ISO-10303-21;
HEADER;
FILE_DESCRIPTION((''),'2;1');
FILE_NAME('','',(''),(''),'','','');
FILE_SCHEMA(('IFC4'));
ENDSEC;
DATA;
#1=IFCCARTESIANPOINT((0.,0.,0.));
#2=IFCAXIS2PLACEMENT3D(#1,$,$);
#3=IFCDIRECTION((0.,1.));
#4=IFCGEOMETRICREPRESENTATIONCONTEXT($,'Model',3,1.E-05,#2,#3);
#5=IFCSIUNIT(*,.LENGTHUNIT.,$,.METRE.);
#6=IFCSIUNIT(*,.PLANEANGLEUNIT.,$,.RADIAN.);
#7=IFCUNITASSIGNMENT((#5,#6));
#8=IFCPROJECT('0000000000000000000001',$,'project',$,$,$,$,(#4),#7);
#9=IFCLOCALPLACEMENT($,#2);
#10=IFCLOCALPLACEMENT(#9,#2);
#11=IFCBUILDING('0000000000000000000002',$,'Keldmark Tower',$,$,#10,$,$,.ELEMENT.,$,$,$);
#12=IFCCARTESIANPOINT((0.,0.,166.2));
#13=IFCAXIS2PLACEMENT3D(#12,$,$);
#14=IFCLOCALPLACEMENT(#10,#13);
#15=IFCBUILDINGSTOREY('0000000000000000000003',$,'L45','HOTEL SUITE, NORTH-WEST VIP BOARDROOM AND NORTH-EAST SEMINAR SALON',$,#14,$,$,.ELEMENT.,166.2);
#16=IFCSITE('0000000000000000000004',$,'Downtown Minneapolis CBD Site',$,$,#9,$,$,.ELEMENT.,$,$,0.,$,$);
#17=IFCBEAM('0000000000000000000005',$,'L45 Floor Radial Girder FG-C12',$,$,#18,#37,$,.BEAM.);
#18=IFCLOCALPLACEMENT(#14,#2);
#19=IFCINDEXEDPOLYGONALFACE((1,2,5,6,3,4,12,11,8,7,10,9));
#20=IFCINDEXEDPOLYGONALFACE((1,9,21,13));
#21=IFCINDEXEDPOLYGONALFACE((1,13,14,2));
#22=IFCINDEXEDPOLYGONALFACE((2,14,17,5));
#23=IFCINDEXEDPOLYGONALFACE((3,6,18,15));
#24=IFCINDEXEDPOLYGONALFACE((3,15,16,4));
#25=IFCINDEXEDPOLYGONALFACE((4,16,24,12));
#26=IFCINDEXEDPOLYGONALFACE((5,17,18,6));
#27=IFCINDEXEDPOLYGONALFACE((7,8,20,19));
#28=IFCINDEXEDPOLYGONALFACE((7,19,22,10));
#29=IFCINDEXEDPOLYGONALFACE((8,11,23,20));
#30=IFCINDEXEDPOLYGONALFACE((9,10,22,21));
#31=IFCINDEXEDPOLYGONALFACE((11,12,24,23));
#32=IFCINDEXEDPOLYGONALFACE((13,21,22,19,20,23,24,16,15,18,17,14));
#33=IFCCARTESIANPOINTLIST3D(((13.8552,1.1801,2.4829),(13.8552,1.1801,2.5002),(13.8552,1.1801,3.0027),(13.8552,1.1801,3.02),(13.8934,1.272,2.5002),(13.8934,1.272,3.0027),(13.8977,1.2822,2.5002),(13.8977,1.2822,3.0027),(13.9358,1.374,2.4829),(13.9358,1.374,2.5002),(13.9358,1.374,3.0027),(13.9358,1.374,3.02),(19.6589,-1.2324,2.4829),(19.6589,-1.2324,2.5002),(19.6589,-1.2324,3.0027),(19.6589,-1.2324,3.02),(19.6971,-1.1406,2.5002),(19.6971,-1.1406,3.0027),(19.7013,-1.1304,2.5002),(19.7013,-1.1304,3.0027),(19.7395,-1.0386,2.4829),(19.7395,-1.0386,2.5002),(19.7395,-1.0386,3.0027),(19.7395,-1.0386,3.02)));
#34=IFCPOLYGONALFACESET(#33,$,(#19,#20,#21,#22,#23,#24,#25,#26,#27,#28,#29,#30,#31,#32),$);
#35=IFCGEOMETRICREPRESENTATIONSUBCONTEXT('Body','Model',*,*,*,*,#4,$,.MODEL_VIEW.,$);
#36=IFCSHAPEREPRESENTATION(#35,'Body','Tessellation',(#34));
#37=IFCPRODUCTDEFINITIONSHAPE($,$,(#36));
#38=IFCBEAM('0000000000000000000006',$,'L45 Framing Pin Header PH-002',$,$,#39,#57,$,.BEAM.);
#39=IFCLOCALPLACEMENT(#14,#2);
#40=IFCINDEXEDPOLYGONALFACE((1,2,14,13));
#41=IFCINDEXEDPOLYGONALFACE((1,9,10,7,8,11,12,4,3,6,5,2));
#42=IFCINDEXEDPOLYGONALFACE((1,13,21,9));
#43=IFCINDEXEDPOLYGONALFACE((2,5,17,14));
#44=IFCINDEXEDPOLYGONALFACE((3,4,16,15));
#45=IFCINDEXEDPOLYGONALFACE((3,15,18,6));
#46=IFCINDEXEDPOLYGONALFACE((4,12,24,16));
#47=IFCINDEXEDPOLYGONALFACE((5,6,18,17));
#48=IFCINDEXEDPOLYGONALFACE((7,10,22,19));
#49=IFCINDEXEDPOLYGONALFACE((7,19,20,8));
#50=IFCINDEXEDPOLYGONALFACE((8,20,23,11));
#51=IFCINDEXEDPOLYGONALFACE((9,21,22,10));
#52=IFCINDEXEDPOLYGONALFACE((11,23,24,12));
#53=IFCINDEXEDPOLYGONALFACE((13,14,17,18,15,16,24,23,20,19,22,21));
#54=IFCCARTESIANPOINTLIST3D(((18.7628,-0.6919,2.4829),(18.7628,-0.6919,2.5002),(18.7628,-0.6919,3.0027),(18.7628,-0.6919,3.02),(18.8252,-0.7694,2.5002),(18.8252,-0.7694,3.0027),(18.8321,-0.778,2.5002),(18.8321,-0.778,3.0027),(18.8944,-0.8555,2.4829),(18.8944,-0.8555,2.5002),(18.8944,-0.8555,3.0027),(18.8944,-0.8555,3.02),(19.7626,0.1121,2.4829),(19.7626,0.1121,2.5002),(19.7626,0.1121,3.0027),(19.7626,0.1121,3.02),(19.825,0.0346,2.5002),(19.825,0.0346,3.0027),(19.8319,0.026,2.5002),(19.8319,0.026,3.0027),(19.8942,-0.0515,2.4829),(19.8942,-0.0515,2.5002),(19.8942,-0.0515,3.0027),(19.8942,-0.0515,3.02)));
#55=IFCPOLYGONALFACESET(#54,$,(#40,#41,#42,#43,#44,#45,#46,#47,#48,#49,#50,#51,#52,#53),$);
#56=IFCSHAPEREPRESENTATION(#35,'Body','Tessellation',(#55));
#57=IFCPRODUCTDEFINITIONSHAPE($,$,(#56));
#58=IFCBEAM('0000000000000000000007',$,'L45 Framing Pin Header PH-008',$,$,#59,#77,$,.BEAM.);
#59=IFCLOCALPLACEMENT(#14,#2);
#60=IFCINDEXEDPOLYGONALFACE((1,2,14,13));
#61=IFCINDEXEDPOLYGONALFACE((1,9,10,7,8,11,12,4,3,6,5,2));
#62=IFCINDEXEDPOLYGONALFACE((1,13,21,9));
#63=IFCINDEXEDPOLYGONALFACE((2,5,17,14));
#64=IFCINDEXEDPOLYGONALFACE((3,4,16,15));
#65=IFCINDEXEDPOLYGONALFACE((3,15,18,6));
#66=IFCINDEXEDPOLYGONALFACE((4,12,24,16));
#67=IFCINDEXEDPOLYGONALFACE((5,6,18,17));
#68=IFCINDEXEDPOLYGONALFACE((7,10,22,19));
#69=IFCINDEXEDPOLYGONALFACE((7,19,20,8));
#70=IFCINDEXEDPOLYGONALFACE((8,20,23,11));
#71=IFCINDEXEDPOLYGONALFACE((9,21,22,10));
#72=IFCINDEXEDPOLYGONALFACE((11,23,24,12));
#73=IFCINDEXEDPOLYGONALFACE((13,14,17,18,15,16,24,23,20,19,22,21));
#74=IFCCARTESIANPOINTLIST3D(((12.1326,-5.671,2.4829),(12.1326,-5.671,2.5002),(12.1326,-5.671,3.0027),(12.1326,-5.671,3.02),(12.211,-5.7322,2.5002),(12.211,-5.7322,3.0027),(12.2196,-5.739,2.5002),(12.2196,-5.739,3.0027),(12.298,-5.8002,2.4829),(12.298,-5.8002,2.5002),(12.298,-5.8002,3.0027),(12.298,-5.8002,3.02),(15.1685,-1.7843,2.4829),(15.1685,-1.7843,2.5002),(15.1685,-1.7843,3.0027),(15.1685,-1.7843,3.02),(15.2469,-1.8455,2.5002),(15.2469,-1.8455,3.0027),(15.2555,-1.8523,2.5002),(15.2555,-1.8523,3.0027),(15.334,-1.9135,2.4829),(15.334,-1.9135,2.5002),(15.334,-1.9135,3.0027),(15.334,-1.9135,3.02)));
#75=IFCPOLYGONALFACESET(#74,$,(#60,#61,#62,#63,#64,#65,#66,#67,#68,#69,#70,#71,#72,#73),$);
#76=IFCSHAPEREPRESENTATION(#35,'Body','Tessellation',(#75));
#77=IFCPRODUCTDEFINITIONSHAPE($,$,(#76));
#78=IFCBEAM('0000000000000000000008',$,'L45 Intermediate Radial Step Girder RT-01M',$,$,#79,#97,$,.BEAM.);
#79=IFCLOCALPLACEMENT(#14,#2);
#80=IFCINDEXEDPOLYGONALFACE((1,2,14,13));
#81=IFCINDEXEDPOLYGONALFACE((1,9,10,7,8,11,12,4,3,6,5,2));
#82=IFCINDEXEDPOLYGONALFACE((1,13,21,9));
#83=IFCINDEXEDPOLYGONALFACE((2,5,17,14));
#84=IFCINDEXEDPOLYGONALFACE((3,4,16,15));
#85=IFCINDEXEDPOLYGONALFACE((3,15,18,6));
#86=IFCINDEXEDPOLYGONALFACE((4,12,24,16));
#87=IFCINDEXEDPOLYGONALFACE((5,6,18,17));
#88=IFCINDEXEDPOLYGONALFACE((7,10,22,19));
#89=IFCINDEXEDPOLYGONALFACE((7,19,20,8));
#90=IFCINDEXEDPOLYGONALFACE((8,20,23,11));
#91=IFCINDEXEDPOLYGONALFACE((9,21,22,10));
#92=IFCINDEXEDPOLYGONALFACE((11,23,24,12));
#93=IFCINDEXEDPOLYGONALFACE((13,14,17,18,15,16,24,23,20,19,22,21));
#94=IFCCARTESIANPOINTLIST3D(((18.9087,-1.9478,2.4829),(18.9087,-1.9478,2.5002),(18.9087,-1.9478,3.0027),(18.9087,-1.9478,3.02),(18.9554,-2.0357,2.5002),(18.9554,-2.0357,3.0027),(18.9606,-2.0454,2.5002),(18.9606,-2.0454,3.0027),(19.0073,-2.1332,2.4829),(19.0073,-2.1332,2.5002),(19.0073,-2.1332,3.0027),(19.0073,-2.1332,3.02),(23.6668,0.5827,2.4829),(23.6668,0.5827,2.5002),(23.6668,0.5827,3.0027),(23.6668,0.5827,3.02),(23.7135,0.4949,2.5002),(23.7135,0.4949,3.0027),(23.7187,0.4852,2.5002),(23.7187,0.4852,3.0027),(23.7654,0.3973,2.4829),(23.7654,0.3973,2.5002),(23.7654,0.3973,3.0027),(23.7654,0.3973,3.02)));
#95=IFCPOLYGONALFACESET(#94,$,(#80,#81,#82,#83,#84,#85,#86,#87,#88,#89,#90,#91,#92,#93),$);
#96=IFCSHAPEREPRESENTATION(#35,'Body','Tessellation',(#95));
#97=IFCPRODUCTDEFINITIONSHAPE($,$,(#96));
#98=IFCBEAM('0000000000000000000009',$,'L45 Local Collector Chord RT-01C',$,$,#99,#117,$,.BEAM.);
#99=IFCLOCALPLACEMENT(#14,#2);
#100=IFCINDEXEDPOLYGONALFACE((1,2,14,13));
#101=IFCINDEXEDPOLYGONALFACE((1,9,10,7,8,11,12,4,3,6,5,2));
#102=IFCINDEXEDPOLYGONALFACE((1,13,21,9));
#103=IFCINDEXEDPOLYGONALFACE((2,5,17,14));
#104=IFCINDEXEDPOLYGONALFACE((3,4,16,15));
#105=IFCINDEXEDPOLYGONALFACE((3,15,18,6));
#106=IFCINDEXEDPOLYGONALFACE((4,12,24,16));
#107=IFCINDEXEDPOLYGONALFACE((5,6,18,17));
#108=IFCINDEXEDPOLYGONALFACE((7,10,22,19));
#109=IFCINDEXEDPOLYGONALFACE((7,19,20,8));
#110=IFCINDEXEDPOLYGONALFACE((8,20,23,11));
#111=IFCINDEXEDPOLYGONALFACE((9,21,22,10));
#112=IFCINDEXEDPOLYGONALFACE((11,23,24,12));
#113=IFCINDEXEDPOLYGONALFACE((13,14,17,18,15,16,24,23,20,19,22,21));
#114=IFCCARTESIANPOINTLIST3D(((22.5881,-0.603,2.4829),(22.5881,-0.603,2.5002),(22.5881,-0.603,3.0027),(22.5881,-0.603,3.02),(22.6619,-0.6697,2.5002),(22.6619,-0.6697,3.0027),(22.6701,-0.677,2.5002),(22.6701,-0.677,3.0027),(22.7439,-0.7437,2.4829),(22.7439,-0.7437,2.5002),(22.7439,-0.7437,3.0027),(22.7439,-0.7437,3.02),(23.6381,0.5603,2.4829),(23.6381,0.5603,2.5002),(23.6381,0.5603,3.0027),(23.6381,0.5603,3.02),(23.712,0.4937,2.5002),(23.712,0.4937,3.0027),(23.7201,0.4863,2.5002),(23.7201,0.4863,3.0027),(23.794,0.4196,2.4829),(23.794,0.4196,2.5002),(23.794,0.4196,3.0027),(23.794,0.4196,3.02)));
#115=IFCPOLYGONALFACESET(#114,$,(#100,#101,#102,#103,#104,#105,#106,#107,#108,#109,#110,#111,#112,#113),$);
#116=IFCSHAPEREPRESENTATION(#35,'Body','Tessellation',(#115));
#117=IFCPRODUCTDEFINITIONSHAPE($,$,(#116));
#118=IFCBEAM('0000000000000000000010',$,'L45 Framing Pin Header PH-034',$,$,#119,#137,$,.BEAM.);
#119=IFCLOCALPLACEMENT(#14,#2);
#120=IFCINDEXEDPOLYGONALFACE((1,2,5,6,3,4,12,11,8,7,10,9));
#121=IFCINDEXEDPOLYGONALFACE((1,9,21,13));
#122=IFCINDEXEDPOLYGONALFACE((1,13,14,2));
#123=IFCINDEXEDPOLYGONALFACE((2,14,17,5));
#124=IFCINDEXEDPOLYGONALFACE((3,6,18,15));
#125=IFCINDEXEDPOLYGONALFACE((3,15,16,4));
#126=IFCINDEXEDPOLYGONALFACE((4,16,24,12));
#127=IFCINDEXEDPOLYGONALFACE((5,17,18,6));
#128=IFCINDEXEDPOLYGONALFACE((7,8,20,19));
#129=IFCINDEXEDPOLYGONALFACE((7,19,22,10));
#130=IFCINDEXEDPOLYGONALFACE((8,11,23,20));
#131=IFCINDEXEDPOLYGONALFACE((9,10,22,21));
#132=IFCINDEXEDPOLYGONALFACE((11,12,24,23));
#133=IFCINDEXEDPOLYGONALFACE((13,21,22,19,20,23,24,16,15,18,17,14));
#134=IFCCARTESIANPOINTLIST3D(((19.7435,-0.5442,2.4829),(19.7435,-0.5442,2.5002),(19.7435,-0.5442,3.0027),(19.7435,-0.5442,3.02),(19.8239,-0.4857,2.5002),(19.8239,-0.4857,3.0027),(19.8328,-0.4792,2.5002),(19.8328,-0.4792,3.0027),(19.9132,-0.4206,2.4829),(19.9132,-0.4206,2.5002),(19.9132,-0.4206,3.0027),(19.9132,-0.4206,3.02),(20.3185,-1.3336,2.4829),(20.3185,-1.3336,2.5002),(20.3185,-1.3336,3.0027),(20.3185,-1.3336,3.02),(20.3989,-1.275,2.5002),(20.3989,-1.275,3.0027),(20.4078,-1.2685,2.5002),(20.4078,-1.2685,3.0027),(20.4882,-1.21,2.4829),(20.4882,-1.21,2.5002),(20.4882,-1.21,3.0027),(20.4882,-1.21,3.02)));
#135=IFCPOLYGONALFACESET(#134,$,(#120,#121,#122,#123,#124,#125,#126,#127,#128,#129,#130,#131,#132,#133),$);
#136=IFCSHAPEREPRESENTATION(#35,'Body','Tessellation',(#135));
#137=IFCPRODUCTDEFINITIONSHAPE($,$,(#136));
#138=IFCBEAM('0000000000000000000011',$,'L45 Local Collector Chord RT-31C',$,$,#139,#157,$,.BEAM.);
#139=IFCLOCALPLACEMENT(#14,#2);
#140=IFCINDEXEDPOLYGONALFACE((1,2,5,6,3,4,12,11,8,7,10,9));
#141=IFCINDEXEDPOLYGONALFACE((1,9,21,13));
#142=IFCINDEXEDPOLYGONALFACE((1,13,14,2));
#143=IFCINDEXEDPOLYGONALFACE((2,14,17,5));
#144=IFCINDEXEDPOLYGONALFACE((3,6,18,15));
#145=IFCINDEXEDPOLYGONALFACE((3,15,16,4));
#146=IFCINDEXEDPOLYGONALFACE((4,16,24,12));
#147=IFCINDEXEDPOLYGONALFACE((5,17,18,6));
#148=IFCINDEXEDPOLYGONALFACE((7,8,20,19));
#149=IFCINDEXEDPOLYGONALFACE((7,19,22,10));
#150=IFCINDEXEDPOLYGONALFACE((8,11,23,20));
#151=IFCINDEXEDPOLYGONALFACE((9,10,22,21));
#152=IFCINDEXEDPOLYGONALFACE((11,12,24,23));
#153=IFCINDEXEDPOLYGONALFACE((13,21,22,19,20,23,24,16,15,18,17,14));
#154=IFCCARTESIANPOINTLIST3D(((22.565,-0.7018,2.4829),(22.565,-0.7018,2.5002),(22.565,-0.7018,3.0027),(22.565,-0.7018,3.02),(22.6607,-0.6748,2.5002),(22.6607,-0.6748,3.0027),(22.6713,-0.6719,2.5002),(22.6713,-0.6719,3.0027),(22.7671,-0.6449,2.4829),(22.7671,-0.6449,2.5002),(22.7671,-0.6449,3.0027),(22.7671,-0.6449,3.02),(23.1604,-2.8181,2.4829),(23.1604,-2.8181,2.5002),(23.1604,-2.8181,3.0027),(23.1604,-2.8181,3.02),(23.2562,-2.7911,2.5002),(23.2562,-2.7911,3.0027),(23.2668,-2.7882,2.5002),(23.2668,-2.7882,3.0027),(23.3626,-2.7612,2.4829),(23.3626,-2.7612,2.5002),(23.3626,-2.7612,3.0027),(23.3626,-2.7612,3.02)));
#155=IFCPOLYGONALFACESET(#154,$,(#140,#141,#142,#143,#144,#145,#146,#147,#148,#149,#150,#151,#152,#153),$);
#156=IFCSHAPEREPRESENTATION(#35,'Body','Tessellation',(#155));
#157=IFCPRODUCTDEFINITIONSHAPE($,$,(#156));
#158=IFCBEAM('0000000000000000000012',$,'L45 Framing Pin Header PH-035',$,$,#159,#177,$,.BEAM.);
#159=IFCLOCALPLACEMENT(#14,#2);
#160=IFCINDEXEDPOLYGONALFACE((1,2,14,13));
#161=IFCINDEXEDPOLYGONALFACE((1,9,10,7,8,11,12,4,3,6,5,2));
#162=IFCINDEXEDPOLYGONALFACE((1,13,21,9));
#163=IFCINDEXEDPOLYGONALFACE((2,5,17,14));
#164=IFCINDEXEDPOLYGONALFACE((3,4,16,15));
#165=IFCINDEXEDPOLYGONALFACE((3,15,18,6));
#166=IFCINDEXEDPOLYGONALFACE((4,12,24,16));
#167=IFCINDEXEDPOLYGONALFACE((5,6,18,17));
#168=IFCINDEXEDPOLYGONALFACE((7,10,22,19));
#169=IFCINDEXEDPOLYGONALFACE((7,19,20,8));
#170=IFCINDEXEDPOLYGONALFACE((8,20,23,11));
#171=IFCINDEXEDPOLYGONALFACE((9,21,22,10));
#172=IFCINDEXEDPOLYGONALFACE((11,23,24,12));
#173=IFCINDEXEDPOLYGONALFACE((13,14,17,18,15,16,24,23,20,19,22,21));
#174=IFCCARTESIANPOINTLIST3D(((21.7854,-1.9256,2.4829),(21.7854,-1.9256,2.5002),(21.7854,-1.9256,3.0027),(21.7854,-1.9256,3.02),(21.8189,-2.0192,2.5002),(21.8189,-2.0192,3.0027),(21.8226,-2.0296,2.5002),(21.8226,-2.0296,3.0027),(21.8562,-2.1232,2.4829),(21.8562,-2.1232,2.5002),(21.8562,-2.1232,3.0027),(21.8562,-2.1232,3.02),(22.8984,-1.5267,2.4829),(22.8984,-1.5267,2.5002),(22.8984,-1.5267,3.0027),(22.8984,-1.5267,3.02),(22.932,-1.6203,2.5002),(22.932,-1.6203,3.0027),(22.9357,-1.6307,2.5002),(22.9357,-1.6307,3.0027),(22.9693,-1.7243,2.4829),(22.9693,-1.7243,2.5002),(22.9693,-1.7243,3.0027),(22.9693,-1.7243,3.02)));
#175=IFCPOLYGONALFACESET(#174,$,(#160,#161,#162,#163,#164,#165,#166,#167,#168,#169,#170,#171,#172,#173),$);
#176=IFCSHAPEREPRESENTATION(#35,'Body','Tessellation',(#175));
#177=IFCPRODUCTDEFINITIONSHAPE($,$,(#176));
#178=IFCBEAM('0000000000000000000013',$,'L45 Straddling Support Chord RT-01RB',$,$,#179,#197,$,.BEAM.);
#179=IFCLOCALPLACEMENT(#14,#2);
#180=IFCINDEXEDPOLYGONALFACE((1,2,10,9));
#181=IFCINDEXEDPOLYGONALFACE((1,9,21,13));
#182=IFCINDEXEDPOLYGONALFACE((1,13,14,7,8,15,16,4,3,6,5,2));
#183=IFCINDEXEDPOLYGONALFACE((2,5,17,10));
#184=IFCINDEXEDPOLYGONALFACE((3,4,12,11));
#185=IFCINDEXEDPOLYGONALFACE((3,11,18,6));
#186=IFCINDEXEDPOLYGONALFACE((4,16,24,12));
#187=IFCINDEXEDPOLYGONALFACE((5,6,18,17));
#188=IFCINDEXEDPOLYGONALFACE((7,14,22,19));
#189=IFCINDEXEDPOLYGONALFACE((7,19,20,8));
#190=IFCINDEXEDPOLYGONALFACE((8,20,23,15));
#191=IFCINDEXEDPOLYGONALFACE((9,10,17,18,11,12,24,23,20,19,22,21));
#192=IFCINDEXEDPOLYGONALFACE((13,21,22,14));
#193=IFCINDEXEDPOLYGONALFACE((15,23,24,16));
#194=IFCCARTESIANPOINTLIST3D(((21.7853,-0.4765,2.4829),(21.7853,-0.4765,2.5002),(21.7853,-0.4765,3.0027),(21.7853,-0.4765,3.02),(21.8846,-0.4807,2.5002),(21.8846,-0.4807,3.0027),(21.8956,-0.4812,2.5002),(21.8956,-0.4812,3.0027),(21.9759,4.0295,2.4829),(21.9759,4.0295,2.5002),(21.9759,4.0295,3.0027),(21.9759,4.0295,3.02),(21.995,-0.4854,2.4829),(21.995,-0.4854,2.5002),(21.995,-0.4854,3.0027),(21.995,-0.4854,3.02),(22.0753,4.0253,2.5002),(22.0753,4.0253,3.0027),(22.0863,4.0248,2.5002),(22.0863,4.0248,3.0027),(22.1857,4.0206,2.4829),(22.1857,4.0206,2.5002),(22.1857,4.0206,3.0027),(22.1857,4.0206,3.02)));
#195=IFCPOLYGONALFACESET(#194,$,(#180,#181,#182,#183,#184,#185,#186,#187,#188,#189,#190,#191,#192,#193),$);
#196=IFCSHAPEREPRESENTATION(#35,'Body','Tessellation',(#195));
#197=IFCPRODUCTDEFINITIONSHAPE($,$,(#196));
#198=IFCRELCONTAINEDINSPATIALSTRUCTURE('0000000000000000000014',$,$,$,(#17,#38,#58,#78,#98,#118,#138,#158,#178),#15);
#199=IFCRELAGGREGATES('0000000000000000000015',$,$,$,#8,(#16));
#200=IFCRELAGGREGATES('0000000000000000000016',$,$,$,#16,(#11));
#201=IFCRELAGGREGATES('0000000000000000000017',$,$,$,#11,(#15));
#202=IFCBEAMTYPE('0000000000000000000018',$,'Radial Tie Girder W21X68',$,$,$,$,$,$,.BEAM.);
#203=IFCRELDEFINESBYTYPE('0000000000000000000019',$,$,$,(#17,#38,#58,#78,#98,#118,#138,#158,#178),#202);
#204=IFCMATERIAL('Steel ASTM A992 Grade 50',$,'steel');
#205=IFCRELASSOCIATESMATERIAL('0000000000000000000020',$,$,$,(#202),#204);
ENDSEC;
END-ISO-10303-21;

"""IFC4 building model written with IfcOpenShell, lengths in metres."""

from ifc_helpers import new_model, si_unit, direction, frame, origin, origin_2d, place, context, subcontext, project, spatial, i_section, extrude, material, material_profile, profile_set, type_object, element, save


model = new_model("IFC4")

# Units and contexts
model_context = context("Model", 3, precision=1e-05, world=origin(), true_north=direction((0.0, 1.0)))
body_context = subcontext(model_context, "Body", "Model", "MODEL_VIEW")
ifc_project = project(units=[si_unit("LENGTHUNIT", "METRE"), si_unit("PLANEANGLEUNIT", "RADIAN")], contexts=[model_context])

# Site, building, storey
site_placement = place(None, origin())
site = spatial("IfcSite", under=ifc_project, at=site_placement, Name="Downtown Minneapolis CBD Site", CompositionType="ELEMENT", RefElevation=0.0)
building_placement = place(site_placement, origin())
building = spatial("IfcBuilding", under=site, at=building_placement, Name="Keldmark Tower", CompositionType="ELEMENT")
storey_placement = place(building_placement, frame((0.0, 0.0, 166.2)))
storey = spatial("IfcBuildingStorey", under=building, at=storey_placement, Name="L45", Description="HOTEL SUITE, NORTH-WEST VIP BOARDROOM AND NORTH-EAST SEMINAR SALON", CompositionType="ELEMENT", Elevation=166.2)

# Beams
ifc_material_1 = material(Name="Steel ASTM A992 Grade 50", Category="steel")
ifc_material_profile_1 = material_profile(ifc_material_1, i_section(OverallWidth=0.21, OverallDepth=0.5371, WebThickness=0.011, FlangeThickness=0.0173, at=origin_2d()), Name="W21X68")
ifc_profile_set_1 = profile_set([ifc_material_profile_1], Name="Steel ASTM A992 Grade 50")
beam_type_1 = type_object("IfcBeamType", Name="Radial Tie Girder W21X68", PredefinedType="BEAM", material=ifc_profile_set_1)
beam_1_placement = place(storey_placement, frame((19.6992, -1.1355, 2.7515), z_axis=(-0.923394, 0.383854, 0.0), x_axis=(-0.383854, -0.923394, 0.0)))
element("IfcBeam", 1, at=beam_1_placement, inside=storey, type_object=beam_type_1, Name="L45 Floor Radial Girder FG-C12", PredefinedType="BEAM", context=body_context, shape_type="SweptSolid", body=[
    extrude(i_section(OverallWidth=0.21, OverallDepth=0.5371, WebThickness=0.011, FlangeThickness=0.0173, at=origin_2d()), origin(), (0.0, 0.0, 1.0), 6.2852),
])
beam_2_placement = place(storey_placement, frame((18.8286, -0.7737, 2.7515), z_axis=(0.779288, 0.626666, 0.0), x_axis=(-0.626666, 0.779288, 0.0)))
element("IfcBeam", 2, at=beam_2_placement, inside=storey, type_object=beam_type_1, Name="L45 Framing Pin Header PH-002", PredefinedType="BEAM", context=body_context, shape_type="SweptSolid", body=[
    extrude(i_section(OverallWidth=0.21, OverallDepth=0.5371, WebThickness=0.011, FlangeThickness=0.0173, at=origin_2d()), origin(), (0.0, 0.0, 1.0), 1.283),
])
beam_3_placement = place(storey_placement, frame((15.2512, -1.8489, 2.7515), z_axis=(-0.615567, -0.788084, 0.0), x_axis=(0.788084, -0.615567, 0.0)))
element("IfcBeam", 3, at=beam_3_placement, inside=storey, type_object=beam_type_1, Name="L45 Framing Pin Header PH-008", PredefinedType="BEAM", context=body_context, shape_type="SweptSolid", body=[
    extrude(i_section(OverallWidth=0.21, OverallDepth=0.5371, WebThickness=0.011, FlangeThickness=0.0173, at=origin_2d()), origin(), (0.0, 0.0, 1.0), 4.9319),
])
beam_4_placement = place(storey_placement, frame((18.958, -2.0405, 2.7515), z_axis=(0.8829, 0.46956, 0.0), x_axis=(-0.46956, 0.8829, 0.0)))
element("IfcBeam", 4, at=beam_4_placement, inside=storey, type_object=beam_type_1, Name="L45 Intermediate Radial Step Girder RT-01M", PredefinedType="BEAM", context=body_context, shape_type="SweptSolid", body=[
    extrude(i_section(OverallWidth=0.21, OverallDepth=0.5371, WebThickness=0.011, FlangeThickness=0.0173, at=origin_2d()), origin(), (0.0, 0.0, 1.0), 5.3892),
])
beam_5_placement = place(storey_placement, frame((22.666, -0.6733, 2.7515), z_axis=(0.67004, 0.742325, 0.0), x_axis=(-0.742325, 0.67004, 0.0)))
element("IfcBeam", 5, at=beam_5_placement, inside=storey, type_object=beam_type_1, Name="L45 Local Collector Chord RT-01C", PredefinedType="BEAM", context=body_context, shape_type="SweptSolid", body=[
    extrude(i_section(OverallWidth=0.21, OverallDepth=0.5371, WebThickness=0.011, FlangeThickness=0.0173, at=origin_2d()), origin(), (0.0, 0.0, 1.0), 1.5671),
])
beam_6_placement = place(storey_placement, frame((19.8284, -0.4824, 2.7515), z_axis=(0.588781, -0.808293, 0.0), x_axis=(0.808293, 0.588781, 0.0)))
element("IfcBeam", 6, at=beam_6_placement, inside=storey, type_object=beam_type_1, Name="L45 Framing Pin Header PH-034", PredefinedType="BEAM", context=body_context, shape_type="SweptSolid", body=[
    extrude(i_section(OverallWidth=0.21, OverallDepth=0.5371, WebThickness=0.011, FlangeThickness=0.0173, at=origin_2d()), origin(), (0.0, 0.0, 1.0), 0.9766),
])
beam_7_placement = place(storey_placement, frame((22.666, -0.6733, 2.7515), z_axis=(0.270861, -0.962618, 0.0), x_axis=(0.962618, 0.270861, 0.0)))
element("IfcBeam", 7, at=beam_7_placement, inside=storey, type_object=beam_type_1, Name="L45 Local Collector Chord RT-31C", PredefinedType="BEAM", context=body_context, shape_type="SweptSolid", body=[
    extrude(i_section(OverallWidth=0.21, OverallDepth=0.5371, WebThickness=0.011, FlangeThickness=0.0173, at=origin_2d()), origin(), (0.0, 0.0, 1.0), 2.1985),
])
beam_8_placement = place(storey_placement, frame((22.9338, -1.6255, 2.7515), z_axis=(-0.941363, -0.337396, 0.0), x_axis=(0.337396, -0.941363, 0.0)))
element("IfcBeam", 8, at=beam_8_placement, inside=storey, type_object=beam_type_1, Name="L45 Framing Pin Header PH-035", PredefinedType="BEAM", context=body_context, shape_type="SweptSolid", body=[
    extrude(i_section(OverallWidth=0.21, OverallDepth=0.5371, WebThickness=0.011, FlangeThickness=0.0173, at=origin_2d()), origin(), (0.0, 0.0, 1.0), 1.1824),
])
beam_9_placement = place(storey_placement, frame((21.8901, -0.481, 2.7515), z_axis=(0.042279, 0.999106, 0.0), x_axis=(-0.999106, 0.042279, 0.0)))
element("IfcBeam", 9, at=beam_9_placement, inside=storey, type_object=beam_type_1, Name="L45 Straddling Support Chord RT-01RB", PredefinedType="BEAM", context=body_context, shape_type="SweptSolid", body=[
    extrude(i_section(OverallWidth=0.21, OverallDepth=0.5371, WebThickness=0.011, FlangeThickness=0.0173, at=origin_2d()), origin(), (0.0, 0.0, 1.0), 4.51),
])

save(model, "model.ifc")
